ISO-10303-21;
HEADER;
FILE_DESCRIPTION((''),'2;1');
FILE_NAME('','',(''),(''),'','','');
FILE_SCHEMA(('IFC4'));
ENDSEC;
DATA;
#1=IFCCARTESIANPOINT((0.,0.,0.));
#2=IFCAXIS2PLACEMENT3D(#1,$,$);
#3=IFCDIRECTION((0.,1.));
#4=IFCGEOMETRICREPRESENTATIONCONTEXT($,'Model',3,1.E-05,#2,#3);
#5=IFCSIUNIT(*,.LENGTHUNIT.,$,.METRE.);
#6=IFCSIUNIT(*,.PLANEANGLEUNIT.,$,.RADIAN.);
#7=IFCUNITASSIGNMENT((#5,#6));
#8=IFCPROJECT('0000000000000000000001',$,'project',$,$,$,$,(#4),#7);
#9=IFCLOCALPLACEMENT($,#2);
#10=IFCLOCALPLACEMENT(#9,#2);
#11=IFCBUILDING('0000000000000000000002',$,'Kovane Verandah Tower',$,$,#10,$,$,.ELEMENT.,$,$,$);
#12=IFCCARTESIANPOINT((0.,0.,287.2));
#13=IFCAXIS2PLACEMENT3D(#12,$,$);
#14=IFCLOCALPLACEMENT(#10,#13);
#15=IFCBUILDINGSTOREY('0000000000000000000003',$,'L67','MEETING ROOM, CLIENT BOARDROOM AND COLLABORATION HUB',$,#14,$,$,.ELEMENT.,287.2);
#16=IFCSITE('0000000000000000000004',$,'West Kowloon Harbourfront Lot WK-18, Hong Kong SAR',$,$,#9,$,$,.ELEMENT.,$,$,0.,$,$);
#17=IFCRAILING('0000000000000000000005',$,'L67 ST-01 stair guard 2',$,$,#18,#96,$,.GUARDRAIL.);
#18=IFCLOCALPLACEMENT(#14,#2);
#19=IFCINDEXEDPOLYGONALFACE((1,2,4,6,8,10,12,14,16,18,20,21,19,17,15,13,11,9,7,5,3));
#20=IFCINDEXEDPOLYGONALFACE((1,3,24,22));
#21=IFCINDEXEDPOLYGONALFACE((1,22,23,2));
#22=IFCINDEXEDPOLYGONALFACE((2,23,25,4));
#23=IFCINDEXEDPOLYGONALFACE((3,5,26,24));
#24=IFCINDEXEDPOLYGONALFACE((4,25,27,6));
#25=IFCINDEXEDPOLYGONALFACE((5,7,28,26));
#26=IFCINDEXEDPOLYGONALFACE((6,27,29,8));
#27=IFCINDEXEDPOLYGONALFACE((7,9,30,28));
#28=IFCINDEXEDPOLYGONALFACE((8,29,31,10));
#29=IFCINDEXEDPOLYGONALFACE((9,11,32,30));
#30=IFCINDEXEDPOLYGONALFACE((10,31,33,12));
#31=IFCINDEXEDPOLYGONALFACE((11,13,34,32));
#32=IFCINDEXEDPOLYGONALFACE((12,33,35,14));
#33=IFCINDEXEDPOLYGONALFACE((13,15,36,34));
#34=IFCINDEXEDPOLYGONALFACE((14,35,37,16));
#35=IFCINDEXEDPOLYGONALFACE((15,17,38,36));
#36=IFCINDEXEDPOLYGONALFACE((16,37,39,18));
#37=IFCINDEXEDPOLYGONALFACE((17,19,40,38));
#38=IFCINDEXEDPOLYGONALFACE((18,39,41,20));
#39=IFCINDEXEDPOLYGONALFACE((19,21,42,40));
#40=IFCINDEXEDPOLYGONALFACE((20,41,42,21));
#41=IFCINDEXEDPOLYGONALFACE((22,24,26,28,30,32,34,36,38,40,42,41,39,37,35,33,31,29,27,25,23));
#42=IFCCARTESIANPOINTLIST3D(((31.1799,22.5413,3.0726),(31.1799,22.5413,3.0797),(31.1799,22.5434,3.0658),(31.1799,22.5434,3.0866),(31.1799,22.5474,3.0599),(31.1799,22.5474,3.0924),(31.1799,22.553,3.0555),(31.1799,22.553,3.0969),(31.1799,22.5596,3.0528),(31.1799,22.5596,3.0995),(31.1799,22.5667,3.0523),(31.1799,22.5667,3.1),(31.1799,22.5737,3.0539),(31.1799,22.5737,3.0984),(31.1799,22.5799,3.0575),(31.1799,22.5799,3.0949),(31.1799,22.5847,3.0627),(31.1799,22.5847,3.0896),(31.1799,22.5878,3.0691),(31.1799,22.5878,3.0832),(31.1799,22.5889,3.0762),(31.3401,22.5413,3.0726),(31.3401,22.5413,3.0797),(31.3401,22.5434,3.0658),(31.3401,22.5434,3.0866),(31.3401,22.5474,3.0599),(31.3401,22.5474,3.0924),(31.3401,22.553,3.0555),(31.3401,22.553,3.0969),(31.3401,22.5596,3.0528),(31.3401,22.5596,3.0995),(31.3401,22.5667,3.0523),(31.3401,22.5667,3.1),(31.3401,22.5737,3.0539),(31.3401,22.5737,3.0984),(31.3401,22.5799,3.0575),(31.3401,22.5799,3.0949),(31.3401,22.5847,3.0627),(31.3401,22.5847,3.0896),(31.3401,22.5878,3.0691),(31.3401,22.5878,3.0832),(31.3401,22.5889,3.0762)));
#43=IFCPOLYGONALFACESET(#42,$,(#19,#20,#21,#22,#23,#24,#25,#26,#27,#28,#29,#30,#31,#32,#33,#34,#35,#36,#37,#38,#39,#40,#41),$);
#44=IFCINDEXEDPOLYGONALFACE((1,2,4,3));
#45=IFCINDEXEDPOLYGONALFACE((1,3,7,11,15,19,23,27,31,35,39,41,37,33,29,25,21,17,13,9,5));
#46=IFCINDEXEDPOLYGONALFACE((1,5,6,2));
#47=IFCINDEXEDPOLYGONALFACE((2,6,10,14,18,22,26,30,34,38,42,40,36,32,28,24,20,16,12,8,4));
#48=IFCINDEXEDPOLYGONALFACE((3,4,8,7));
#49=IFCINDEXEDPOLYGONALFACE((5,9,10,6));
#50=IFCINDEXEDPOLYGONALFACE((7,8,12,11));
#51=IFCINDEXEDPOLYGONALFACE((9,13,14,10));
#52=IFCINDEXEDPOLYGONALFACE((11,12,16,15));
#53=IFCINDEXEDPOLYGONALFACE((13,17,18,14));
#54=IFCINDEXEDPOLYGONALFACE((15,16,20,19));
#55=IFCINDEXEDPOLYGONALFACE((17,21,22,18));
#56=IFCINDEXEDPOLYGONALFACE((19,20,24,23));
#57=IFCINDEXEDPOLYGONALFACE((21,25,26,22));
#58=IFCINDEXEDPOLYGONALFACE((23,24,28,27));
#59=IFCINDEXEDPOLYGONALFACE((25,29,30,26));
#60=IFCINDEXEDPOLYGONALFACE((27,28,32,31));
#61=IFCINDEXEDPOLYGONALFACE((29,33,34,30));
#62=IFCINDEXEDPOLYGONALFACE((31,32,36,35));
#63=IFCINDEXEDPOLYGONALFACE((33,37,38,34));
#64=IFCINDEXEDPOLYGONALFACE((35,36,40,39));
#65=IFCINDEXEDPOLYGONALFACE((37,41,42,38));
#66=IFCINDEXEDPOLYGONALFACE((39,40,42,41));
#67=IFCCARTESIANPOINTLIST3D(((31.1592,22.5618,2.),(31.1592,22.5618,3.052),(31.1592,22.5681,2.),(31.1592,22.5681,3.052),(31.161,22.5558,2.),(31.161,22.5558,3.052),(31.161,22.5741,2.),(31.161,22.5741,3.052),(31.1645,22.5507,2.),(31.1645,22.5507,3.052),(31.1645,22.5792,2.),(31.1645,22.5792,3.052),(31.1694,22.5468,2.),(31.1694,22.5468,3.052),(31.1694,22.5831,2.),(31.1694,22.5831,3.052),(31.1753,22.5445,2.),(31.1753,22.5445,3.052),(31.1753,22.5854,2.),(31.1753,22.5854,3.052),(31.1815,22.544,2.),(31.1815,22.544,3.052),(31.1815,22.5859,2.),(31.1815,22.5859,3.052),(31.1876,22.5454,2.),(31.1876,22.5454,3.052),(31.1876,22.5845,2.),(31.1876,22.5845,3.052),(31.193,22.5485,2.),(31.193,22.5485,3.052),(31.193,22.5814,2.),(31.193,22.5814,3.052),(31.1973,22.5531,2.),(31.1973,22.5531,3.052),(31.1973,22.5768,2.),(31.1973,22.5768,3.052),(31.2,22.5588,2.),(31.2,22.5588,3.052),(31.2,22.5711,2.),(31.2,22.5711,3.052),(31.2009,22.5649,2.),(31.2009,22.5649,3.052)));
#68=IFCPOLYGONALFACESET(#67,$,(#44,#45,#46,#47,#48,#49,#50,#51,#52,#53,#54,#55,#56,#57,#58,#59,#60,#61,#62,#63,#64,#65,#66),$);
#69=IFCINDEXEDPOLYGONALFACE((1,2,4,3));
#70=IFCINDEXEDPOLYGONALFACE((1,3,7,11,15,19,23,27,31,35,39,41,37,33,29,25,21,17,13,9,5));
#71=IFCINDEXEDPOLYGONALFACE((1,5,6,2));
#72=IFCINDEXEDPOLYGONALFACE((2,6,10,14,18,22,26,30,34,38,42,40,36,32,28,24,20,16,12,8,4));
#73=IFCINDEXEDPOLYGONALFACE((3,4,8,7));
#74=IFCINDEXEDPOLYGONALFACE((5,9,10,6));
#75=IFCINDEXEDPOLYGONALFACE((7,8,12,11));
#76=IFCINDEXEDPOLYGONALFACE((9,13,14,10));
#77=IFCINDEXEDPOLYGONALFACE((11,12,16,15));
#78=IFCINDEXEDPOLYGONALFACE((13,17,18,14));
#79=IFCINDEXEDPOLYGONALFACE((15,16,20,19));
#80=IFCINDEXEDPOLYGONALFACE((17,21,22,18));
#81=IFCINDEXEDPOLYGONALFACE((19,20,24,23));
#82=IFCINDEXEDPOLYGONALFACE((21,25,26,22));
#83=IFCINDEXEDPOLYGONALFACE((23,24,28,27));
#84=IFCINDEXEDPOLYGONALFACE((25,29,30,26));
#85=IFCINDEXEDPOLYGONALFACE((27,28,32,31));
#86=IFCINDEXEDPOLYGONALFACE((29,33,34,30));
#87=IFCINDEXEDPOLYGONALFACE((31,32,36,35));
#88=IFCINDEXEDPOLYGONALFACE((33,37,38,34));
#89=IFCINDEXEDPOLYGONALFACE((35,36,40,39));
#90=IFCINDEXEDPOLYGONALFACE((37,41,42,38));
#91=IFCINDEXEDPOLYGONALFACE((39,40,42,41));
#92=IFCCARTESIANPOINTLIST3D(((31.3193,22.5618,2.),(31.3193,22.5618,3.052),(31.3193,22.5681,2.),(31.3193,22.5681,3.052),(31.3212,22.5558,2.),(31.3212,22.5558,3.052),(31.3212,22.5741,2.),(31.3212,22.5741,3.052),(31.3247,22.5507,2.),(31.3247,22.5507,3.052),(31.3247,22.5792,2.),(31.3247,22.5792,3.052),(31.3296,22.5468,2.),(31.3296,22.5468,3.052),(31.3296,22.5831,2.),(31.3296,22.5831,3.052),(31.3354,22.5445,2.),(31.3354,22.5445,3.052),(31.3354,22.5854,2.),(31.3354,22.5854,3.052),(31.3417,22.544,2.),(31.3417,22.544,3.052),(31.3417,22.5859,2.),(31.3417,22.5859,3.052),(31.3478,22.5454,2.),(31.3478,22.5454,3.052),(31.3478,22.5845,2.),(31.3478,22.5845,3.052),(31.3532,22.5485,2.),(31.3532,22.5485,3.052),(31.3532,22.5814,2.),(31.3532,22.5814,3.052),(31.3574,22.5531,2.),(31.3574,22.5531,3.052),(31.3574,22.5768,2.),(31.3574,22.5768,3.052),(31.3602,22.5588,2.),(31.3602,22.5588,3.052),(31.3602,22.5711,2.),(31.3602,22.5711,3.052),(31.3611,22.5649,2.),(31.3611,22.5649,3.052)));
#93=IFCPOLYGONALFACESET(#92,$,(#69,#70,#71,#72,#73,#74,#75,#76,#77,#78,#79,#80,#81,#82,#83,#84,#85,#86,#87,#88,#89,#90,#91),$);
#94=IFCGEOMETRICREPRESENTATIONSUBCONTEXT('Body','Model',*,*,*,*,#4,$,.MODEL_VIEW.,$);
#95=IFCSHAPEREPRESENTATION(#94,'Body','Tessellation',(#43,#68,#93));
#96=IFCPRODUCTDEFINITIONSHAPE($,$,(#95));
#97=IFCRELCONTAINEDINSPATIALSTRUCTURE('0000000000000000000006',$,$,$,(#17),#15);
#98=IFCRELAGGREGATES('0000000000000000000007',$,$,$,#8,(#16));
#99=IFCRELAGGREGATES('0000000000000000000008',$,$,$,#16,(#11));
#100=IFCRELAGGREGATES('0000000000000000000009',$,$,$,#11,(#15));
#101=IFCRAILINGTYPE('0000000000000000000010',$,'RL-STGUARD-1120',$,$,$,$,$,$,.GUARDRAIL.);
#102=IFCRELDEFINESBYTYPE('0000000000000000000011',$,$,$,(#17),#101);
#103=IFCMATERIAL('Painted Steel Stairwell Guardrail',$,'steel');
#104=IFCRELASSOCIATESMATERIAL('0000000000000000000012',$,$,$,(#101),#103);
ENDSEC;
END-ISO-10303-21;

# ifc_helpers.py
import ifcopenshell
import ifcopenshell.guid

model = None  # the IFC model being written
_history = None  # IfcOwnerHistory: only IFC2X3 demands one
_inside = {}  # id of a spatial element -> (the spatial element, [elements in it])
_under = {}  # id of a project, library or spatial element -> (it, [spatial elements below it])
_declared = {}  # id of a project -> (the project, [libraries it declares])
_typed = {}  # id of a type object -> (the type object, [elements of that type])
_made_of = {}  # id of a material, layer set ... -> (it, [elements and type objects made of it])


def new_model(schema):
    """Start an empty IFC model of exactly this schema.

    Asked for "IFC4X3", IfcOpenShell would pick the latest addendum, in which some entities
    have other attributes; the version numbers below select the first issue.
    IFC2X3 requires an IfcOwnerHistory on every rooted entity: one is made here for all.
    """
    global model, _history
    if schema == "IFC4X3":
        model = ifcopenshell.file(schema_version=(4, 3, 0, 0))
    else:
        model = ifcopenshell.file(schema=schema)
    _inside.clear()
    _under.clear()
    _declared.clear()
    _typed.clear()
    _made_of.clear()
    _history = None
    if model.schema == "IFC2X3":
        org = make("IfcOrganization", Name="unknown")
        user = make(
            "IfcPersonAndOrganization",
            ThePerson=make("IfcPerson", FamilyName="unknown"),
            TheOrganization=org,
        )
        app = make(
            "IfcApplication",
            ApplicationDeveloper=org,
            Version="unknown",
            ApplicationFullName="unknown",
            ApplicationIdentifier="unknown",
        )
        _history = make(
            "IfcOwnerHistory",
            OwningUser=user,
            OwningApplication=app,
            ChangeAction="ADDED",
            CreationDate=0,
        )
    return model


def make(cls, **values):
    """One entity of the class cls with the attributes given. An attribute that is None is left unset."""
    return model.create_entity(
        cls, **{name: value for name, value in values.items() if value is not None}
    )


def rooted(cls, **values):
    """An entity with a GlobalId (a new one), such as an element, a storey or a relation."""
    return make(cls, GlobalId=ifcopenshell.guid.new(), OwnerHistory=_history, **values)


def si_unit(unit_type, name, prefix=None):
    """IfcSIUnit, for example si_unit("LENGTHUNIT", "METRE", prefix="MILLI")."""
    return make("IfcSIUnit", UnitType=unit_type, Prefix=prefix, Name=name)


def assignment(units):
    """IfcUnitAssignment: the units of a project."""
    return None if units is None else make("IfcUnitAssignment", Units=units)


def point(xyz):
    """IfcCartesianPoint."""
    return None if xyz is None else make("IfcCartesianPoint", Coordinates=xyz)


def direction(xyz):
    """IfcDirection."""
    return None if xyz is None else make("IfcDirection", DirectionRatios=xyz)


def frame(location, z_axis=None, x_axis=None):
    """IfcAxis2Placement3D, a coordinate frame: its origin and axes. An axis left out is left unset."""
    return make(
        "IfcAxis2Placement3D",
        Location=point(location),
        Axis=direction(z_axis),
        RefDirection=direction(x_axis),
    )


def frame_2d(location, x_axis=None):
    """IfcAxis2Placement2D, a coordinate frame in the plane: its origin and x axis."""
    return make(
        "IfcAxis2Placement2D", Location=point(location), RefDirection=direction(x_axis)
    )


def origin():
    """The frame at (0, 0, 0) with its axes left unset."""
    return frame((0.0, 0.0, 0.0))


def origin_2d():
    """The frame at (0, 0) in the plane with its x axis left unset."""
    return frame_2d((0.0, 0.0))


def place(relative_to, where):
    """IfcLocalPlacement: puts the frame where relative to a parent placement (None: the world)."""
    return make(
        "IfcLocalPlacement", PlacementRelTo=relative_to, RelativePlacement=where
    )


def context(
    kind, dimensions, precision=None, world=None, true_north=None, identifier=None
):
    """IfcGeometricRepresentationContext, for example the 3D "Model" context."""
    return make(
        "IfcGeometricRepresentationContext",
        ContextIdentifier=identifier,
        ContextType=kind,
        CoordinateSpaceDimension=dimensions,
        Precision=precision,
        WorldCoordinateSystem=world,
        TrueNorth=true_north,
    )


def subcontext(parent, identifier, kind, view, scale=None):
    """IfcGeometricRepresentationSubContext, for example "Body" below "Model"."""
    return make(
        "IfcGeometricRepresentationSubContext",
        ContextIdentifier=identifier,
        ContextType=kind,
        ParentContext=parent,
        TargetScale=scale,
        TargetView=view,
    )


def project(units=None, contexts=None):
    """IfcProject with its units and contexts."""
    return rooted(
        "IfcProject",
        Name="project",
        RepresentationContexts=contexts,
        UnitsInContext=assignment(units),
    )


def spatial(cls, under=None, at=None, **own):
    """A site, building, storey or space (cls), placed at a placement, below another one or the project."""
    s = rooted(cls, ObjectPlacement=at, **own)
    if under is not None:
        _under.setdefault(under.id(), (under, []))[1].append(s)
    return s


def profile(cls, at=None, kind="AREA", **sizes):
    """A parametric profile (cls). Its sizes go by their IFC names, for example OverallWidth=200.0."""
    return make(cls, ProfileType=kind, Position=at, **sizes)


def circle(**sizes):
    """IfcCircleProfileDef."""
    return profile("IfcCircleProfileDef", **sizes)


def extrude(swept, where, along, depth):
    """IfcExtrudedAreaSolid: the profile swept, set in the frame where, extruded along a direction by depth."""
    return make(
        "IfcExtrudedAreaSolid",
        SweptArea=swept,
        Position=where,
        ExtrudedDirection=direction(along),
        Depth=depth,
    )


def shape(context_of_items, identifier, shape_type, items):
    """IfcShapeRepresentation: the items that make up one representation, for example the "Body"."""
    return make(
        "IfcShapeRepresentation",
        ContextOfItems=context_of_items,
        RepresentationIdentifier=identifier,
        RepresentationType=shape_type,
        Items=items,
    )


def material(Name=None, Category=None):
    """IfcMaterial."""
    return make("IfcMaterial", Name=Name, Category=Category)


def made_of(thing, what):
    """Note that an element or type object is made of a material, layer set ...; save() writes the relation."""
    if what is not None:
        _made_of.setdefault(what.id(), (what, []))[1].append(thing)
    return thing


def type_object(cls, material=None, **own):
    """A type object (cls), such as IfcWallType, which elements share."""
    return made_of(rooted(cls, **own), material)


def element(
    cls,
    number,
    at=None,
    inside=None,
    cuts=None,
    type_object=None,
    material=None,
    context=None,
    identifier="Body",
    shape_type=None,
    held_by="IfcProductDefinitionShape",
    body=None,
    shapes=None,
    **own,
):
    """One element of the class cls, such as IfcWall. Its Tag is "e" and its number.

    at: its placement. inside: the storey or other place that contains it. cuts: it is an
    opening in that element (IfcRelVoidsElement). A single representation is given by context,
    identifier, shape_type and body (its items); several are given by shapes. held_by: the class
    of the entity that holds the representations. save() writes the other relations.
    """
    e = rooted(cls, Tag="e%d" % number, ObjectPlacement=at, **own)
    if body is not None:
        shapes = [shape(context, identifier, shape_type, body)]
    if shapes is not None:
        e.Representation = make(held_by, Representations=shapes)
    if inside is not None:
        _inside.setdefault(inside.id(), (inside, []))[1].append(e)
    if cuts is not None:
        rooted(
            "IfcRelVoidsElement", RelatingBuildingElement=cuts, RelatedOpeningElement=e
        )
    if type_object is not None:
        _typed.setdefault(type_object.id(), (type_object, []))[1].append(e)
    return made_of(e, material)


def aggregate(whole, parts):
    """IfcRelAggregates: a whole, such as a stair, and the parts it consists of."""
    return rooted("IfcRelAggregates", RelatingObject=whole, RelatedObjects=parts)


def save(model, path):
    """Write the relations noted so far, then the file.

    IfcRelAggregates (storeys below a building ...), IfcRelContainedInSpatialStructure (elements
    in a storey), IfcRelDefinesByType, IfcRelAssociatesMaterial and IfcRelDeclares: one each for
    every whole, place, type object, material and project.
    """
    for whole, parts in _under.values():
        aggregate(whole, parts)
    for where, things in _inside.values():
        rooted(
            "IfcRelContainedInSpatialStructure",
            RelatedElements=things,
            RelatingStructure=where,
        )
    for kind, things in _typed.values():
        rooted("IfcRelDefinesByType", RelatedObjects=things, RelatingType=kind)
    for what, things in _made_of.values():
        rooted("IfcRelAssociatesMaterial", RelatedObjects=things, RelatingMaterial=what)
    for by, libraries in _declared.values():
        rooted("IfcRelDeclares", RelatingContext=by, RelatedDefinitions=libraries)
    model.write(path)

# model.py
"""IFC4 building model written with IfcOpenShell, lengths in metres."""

from ifc_helpers import new_model, si_unit, direction, frame, origin, origin_2d, place, context, subcontext, project, spatial, circle, extrude, material, type_object, element, save


model = new_model("IFC4")

# Units and contexts
model_context = context("Model", 3, precision=1e-05, world=origin(), true_north=direction((0.0, 1.0)))
body_context = subcontext(model_context, "Body", "Model", "MODEL_VIEW")
ifc_project = project(units=[si_unit("LENGTHUNIT", "METRE"), si_unit("PLANEANGLEUNIT", "RADIAN")], contexts=[model_context])

# Site, building, storey
site_placement = place(None, origin())
site = spatial("IfcSite", under=ifc_project, at=site_placement, Name="West Kowloon Harbourfront Lot WK-18, Hong Kong SAR", CompositionType="ELEMENT", RefElevation=0.0)
building_placement = place(site_placement, origin())
building = spatial("IfcBuilding", under=site, at=building_placement, Name="Kovane Verandah Tower", CompositionType="ELEMENT")
storey_placement = place(building_placement, frame((0.0, 0.0, 287.2)))
storey = spatial("IfcBuildingStorey", under=building, at=storey_placement, Name="L67", Description="MEETING ROOM, CLIENT BOARDROOM AND COLLABORATION HUB", CompositionType="ELEMENT", Elevation=287.2)

# Railing
ifc_material_1 = material(Name="Painted Steel Stairwell Guardrail", Category="steel")
railing_type_1 = type_object("IfcRailingType", Name="RL-STGUARD-1120", PredefinedType="GUARDRAIL", material=ifc_material_1)
railing_1_placement = place(storey_placement, frame((31.1799, 22.5649, 2.0)))
element("IfcRailing", 1, at=railing_1_placement, inside=storey, type_object=railing_type_1, Name="L67 ST-01 stair guard 2", PredefinedType="GUARDRAIL", context=body_context, shape_type="SweptSolid", body=[
    extrude(circle(Radius=0.0239, at=origin_2d()), frame((0.0, 0.0, 1.0762), z_axis=(1.0, 0.0, 0.0), x_axis=(0.0, 1.0, 0.0)), (0.0, 0.0, 1.0), 0.1602),
    extrude(circle(Radius=0.021, at=origin_2d()), origin(), (0.0, 0.0, 1.0), 1.052),
    extrude(circle(Radius=0.021, at=origin_2d()), frame((0.1602, 0.0, 0.0)), (0.0, 0.0, 1.0), 1.052),
])

save(model, "model.ifc")
